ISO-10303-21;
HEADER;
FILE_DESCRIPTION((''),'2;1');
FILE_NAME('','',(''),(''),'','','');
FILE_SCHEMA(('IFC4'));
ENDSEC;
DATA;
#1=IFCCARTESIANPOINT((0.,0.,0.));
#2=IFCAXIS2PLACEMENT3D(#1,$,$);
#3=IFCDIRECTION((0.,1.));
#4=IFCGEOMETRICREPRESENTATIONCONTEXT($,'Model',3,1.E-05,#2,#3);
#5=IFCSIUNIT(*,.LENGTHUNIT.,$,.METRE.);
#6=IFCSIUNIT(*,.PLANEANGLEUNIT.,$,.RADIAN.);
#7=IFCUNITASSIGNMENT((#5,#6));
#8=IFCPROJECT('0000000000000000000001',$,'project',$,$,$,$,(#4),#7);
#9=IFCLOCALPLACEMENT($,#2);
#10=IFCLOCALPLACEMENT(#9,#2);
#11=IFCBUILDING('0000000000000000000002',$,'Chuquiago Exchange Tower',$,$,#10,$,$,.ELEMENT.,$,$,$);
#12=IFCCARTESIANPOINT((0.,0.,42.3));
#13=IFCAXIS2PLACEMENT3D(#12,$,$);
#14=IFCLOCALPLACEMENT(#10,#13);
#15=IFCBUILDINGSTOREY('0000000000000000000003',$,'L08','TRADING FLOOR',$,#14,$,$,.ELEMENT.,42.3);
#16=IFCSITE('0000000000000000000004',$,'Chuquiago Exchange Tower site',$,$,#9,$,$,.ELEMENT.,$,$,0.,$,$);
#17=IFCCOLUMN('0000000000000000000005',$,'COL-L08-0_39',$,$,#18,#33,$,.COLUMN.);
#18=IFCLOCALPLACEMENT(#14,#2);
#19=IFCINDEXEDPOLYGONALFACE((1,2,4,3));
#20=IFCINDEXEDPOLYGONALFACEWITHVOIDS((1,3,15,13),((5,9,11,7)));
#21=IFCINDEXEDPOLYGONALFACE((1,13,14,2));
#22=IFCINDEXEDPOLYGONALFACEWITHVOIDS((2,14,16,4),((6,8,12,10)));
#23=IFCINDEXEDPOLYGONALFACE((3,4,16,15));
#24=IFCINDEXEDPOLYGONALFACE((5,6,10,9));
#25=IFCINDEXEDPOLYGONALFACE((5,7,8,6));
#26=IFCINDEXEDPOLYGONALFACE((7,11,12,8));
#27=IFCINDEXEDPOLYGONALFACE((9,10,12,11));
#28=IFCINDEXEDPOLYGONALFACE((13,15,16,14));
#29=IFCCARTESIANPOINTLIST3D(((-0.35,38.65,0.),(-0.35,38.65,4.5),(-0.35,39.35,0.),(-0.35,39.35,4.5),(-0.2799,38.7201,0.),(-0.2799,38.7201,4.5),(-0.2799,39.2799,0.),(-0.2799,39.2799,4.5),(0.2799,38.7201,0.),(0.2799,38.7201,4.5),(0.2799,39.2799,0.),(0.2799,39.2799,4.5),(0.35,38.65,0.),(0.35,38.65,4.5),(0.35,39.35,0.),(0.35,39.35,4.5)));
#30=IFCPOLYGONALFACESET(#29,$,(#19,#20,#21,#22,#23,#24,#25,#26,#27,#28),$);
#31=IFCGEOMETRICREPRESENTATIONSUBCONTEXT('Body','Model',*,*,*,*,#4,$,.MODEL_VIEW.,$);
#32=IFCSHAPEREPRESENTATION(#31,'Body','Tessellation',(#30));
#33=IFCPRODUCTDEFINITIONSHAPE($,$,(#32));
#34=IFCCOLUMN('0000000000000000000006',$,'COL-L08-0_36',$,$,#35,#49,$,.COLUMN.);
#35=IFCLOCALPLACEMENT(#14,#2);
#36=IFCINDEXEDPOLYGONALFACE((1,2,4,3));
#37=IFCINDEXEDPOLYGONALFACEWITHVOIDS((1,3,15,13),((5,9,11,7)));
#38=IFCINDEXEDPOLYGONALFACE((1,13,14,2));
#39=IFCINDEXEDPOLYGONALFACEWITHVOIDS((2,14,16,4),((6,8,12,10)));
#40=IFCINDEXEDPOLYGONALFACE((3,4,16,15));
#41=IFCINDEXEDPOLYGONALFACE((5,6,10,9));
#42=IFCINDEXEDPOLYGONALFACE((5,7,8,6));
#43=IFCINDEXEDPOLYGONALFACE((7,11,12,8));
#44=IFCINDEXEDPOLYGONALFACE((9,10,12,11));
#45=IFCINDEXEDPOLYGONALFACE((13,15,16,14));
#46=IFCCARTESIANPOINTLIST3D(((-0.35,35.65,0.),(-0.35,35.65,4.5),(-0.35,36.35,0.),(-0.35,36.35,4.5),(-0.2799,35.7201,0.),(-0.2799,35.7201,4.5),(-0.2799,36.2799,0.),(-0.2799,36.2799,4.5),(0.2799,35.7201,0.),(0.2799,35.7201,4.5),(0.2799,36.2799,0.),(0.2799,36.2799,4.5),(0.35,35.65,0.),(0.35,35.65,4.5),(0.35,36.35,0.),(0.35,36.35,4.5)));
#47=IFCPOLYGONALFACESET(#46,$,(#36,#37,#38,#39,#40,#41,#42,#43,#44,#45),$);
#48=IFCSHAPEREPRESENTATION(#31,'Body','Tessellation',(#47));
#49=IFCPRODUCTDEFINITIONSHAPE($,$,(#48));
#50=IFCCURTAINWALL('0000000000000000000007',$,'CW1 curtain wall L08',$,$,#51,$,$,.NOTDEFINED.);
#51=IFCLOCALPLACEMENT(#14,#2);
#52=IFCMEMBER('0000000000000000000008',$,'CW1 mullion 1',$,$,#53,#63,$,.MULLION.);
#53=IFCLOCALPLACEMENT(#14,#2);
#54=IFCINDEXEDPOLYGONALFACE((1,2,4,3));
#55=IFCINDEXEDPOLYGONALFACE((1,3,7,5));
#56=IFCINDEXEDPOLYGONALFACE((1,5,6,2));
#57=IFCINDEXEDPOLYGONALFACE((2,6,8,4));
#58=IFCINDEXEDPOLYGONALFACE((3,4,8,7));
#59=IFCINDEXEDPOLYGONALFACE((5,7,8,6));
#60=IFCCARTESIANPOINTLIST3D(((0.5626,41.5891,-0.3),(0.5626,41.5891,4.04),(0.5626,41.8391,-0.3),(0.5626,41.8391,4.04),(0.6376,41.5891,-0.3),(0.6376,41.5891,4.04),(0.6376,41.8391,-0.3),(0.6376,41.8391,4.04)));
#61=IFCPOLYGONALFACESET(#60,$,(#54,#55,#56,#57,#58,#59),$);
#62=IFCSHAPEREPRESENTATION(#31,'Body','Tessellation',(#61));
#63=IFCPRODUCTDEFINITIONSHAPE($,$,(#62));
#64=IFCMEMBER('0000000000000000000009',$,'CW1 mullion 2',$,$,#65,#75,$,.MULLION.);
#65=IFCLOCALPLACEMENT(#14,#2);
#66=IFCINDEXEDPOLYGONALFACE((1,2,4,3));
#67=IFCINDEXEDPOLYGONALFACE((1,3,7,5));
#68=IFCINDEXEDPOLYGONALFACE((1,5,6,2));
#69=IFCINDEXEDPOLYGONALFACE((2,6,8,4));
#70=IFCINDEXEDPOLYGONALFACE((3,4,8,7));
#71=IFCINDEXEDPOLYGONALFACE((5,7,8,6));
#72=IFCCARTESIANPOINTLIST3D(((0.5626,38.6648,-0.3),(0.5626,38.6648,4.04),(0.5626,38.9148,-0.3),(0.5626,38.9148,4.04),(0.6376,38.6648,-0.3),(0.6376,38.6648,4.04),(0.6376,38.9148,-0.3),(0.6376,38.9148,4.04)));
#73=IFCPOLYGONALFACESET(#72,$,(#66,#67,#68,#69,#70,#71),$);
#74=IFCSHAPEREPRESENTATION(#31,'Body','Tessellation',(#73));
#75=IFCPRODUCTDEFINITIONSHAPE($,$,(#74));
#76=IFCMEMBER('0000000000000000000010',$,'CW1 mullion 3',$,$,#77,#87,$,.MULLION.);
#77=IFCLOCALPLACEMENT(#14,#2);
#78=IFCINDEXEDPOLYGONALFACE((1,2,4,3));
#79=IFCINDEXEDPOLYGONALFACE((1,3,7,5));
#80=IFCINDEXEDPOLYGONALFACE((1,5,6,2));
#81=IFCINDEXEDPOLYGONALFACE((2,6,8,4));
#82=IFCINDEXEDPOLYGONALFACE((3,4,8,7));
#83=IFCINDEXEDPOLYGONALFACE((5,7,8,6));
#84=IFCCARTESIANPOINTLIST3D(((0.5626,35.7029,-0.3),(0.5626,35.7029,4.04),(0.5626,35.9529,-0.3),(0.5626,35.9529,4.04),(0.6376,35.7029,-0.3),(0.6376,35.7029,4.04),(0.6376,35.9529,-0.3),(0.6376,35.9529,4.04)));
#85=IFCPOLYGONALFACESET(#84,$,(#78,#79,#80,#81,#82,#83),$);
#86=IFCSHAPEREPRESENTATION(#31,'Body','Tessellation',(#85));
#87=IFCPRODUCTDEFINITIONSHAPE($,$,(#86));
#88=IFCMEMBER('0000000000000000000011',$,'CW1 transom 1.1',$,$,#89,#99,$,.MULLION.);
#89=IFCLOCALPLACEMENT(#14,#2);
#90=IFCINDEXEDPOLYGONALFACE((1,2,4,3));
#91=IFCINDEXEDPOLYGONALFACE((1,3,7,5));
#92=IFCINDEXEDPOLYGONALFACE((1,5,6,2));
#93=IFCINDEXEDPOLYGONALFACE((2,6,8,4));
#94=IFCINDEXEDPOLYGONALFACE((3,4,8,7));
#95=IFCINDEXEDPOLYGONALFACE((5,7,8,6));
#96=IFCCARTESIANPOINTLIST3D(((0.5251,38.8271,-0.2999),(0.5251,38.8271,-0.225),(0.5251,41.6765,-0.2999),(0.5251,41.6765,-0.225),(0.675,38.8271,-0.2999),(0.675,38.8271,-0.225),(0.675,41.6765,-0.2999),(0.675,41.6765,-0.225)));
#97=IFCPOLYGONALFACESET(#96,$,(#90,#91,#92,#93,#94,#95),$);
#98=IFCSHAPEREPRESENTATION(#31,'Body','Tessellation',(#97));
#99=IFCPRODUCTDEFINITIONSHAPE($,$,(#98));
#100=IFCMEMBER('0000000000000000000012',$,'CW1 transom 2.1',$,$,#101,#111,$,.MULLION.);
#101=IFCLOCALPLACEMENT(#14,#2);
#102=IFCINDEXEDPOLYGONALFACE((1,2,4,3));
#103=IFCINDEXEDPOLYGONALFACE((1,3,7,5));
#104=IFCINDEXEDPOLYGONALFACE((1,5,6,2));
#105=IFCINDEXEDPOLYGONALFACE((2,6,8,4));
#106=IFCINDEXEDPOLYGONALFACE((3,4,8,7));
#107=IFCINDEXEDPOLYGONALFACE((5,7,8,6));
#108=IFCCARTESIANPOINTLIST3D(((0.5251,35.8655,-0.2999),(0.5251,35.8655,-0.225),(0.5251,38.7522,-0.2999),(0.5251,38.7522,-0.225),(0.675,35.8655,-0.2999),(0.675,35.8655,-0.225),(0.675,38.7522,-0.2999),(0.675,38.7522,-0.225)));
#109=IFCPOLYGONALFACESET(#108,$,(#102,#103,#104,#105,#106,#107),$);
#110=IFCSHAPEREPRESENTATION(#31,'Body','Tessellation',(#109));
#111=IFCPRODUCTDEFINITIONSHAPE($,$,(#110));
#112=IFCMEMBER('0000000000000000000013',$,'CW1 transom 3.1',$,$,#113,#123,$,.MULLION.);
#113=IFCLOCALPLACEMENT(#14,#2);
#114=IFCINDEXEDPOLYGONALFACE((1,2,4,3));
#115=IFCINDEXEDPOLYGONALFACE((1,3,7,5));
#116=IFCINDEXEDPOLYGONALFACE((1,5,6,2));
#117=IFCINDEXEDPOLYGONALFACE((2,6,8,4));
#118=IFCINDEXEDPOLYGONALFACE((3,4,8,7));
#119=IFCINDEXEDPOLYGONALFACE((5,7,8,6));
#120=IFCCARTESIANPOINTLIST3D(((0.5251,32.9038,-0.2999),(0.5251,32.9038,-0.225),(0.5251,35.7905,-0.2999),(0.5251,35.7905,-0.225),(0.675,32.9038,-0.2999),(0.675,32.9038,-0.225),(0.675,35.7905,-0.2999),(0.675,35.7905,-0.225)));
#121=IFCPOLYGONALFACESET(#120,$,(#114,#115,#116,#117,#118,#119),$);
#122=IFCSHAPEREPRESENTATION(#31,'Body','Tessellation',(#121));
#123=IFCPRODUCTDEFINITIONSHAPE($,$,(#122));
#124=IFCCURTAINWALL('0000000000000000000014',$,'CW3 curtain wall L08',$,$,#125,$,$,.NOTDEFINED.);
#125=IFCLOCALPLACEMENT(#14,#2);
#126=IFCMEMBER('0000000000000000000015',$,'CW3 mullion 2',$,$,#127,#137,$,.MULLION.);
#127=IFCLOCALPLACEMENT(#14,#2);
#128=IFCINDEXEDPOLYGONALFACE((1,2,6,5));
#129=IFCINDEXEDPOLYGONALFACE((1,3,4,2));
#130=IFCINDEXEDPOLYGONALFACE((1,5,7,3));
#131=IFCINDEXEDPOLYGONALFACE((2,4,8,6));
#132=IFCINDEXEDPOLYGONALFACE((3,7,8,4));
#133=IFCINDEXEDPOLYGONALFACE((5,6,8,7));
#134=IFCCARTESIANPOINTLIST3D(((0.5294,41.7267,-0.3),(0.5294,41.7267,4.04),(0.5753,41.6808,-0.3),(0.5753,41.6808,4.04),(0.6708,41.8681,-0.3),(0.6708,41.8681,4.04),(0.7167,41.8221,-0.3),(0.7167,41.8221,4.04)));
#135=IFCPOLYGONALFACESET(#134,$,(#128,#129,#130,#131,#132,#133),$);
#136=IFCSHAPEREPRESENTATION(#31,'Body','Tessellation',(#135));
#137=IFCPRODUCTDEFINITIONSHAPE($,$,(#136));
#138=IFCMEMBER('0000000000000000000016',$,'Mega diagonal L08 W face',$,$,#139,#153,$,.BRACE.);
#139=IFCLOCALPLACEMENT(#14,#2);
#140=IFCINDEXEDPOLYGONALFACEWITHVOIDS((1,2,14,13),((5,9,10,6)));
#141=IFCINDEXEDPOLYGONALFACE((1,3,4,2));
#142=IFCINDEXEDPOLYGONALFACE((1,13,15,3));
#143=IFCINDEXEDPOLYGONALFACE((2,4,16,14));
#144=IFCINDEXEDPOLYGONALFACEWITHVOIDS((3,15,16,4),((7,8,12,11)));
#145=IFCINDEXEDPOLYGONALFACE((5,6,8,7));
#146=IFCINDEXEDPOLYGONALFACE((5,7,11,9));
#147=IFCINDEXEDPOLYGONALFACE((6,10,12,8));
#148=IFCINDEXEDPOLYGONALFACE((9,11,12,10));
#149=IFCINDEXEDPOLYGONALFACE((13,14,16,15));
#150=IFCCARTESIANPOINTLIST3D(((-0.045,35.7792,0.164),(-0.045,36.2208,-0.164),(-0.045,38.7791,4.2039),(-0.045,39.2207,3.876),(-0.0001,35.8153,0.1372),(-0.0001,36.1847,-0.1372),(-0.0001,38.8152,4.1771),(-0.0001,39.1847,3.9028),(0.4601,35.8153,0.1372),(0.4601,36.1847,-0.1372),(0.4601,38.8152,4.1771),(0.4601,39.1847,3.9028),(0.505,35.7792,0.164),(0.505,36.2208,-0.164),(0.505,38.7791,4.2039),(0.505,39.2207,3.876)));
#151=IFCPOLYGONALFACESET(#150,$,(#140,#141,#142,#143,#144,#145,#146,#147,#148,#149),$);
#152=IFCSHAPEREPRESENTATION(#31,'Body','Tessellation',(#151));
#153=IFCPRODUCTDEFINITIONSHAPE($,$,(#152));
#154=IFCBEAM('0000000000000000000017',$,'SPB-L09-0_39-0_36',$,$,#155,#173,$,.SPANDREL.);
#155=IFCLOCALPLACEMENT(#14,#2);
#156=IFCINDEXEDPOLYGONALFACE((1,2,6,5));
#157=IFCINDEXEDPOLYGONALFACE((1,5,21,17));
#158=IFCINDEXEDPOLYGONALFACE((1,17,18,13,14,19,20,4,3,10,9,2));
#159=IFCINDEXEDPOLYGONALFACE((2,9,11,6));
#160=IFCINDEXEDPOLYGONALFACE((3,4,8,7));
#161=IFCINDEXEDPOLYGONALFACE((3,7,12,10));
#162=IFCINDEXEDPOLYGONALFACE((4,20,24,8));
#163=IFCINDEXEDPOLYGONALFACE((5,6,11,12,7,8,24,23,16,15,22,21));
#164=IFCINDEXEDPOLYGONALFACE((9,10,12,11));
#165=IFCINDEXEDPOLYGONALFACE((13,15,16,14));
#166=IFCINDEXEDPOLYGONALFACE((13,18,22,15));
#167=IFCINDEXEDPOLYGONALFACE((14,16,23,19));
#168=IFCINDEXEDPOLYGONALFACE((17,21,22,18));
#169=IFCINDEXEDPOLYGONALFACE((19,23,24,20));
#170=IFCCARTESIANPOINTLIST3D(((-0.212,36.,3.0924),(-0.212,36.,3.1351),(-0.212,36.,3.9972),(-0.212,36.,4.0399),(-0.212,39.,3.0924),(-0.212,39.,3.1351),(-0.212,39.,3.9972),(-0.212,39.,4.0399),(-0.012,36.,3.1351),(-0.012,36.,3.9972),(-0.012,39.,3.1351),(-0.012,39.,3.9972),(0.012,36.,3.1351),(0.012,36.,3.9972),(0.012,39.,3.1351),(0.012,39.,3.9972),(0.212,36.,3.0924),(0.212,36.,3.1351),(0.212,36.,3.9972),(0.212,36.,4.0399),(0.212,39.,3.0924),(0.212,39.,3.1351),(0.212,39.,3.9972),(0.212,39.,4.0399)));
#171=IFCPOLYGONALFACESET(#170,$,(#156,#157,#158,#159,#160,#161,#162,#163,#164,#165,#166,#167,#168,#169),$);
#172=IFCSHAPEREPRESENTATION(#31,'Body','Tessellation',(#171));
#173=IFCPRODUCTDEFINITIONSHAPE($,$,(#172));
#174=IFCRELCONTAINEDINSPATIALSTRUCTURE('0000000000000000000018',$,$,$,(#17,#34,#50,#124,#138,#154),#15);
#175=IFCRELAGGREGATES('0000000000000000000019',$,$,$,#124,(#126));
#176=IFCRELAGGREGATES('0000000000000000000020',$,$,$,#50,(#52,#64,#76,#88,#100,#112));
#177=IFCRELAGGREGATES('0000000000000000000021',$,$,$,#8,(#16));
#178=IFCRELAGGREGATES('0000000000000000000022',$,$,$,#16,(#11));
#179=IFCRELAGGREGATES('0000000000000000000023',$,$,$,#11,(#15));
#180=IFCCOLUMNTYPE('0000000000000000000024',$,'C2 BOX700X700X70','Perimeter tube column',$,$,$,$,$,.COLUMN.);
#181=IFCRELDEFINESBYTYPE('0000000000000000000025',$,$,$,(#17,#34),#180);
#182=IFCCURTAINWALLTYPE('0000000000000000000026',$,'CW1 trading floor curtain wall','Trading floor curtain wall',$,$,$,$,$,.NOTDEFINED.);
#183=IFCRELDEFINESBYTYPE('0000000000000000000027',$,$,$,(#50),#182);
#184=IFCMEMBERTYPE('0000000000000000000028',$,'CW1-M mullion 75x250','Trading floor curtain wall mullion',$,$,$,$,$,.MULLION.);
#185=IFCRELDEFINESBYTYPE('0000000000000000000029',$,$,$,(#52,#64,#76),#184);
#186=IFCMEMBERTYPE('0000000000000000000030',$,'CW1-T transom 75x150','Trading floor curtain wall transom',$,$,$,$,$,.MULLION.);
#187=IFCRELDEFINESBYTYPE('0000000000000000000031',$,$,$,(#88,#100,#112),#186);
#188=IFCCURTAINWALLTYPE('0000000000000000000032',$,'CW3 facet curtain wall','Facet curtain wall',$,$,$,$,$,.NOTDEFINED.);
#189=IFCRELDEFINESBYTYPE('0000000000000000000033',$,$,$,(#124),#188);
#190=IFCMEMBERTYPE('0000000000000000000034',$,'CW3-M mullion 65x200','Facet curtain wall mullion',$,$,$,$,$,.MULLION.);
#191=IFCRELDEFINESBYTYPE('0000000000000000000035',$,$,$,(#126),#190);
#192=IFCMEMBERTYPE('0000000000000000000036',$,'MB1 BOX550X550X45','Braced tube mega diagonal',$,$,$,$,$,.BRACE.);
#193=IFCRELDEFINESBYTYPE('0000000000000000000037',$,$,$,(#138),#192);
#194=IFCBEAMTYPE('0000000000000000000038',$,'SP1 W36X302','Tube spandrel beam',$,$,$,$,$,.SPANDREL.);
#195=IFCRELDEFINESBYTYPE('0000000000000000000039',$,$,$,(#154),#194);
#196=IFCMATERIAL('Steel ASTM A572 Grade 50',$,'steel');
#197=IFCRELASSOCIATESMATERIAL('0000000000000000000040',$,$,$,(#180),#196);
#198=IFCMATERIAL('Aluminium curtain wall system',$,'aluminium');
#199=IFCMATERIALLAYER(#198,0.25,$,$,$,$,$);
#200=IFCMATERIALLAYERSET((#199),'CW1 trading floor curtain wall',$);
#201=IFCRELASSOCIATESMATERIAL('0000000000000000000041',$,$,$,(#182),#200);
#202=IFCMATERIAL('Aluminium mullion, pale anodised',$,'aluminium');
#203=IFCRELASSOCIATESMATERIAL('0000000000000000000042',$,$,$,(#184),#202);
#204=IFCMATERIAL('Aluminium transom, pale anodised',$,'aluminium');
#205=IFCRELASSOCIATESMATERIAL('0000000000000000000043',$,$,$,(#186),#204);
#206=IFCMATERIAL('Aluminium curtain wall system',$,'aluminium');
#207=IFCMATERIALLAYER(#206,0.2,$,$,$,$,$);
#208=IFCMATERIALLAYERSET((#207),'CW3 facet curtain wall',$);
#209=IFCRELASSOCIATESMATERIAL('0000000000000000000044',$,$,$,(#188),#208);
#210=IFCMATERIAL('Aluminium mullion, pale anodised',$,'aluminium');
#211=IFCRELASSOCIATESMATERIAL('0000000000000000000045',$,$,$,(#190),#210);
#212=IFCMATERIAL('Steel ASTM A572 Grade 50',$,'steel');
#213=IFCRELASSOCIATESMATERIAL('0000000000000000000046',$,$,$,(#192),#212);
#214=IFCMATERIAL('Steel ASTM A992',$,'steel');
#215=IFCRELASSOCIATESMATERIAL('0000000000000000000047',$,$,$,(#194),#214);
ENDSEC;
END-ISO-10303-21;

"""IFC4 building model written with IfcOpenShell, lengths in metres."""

from ifc_helpers import new_model, si_unit, direction, frame, origin, origin_2d, place, context, subcontext, project, spatial, rectangle, hollow_rectangle, i_section, extrude, material, layer, layer_set, material_profile, profile_set, type_object, element, aggregate, save


model = new_model("IFC4")

# Units and contexts
model_context = context("Model", 3, precision=1e-05, world=origin(), true_north=direction((0.0, 1.0)))
body_context = subcontext(model_context, "Body", "Model", "MODEL_VIEW")
ifc_project = project(units=[si_unit("LENGTHUNIT", "METRE"), si_unit("PLANEANGLEUNIT", "RADIAN")], contexts=[model_context])

# Site, building, storey
site_placement = place(None, origin())
site = spatial("IfcSite", under=ifc_project, at=site_placement, Name="Chuquiago Exchange Tower site", CompositionType="ELEMENT", RefElevation=0.0)
building_placement = place(site_placement, origin())
building = spatial("IfcBuilding", under=site, at=building_placement, Name="Chuquiago Exchange Tower", CompositionType="ELEMENT")
storey_placement = place(building_placement, frame((0.0, 0.0, 42.3)))
storey = spatial("IfcBuildingStorey", under=building, at=storey_placement, Name="L08", Description="TRADING FLOOR", CompositionType="ELEMENT", Elevation=42.3)

# Columns
ifc_material_1 = material(Name="Steel ASTM A572 Grade 50", Category="steel")
ifc_material_profile_1 = material_profile(ifc_material_1, hollow_rectangle(XDim=0.7, YDim=0.7, WallThickness=0.0701, at=origin_2d()), Name="BOX700X700X70")
ifc_profile_set_1 = profile_set([ifc_material_profile_1], Name="Steel ASTM A572 Grade 50")
column_type = type_object("IfcColumnType", Name="C2 BOX700X700X70", Description="Perimeter tube column", PredefinedType="COLUMN", material=ifc_profile_set_1)
for number, where, z_axis, x_axis, name in (
    (1, (0.0, 39.0, 0.0), (0.0, 0.0, 1.0), (-1.0, 0.0, 0.0), "COL-L08-0_39"),
    (2, (0.0, 36.0, 0.0), (0.0, 0.0, 1.0), (-1.0, 0.0, 0.0), "COL-L08-0_36"),
):
    element("IfcColumn", number, at=place(storey_placement, frame(where, z_axis=z_axis, x_axis=x_axis)), inside=storey, type_object=column_type, Name=name, PredefinedType="COLUMN", context=body_context, shape_type="SweptSolid", body=[
        extrude(hollow_rectangle(XDim=0.7, YDim=0.7, WallThickness=0.0701, at=origin_2d()), origin(), (0.0, 0.0, 1.0), 4.5),
    ])

# Curtain wall, members
ifc_material_2 = material(Name="Aluminium curtain wall system", Category="aluminium")
ifc_layer_1 = layer(ifc_material_2, 0.25)
ifc_layer_set_1 = layer_set([ifc_layer_1], Name="CW1 trading floor curtain wall")
curtain_wall_type_1 = type_object("IfcCurtainWallType", Name="CW1 trading floor curtain wall", Description="Trading floor curtain wall", PredefinedType="NOTDEFINED", material=ifc_layer_set_1)
curtain_wall_1_placement = place(storey_placement, origin())
curtain_wall_1 = element("IfcCurtainWall", 3, at=curtain_wall_1_placement, inside=storey, type_object=curtain_wall_type_1, Name="CW1 curtain wall L08", PredefinedType="NOTDEFINED")
ifc_material_3 = material(Name="Aluminium mullion, pale anodised", Category="aluminium")
ifc_material_profile_2 = material_profile(ifc_material_3, rectangle(XDim=0.075, YDim=0.25, at=origin_2d()), Name="AL 75x250")
ifc_profile_set_2 = profile_set([ifc_material_profile_2], Name="Aluminium mullion, pale anodised")
member_type_1 = type_object("IfcMemberType", Name="CW1-M mullion 75x250", Description="Trading floor curtain wall mullion", PredefinedType="MULLION", material=ifc_profile_set_2)
member_1_placement = place(storey_placement, frame((0.6001, 41.7141, -0.3), z_axis=(0.0, 0.0, 1.0), x_axis=(1.0, 0.0, 0.0)))
member_1 = element("IfcMember", 4, at=member_1_placement, type_object=member_type_1, Name="CW1 mullion 1", PredefinedType="MULLION", context=body_context, shape_type="SweptSolid", body=[
    extrude(rectangle(XDim=0.075, YDim=0.25, at=origin_2d()), origin(), (0.0, 0.0, 1.0), 4.3401),
])
member_2_placement = place(storey_placement, frame((0.6001, 38.7898, -0.3), z_axis=(0.0, 0.0, 1.0), x_axis=(1.0, 0.0, 0.0)))
member_2 = element("IfcMember", 5, at=member_2_placement, type_object=member_type_1, Name="CW1 mullion 2", PredefinedType="MULLION", context=body_context, shape_type="SweptSolid", body=[
    extrude(rectangle(XDim=0.075, YDim=0.25, at=origin_2d()), origin(), (0.0, 0.0, 1.0), 4.3401),
])
member_3_placement = place(storey_placement, frame((0.6001, 35.8279, -0.3), z_axis=(0.0, 0.0, 1.0), x_axis=(1.0, 0.0, 0.0)))
member_3 = element("IfcMember", 6, at=member_3_placement, type_object=member_type_1, Name="CW1 mullion 3", PredefinedType="MULLION", context=body_context, shape_type="SweptSolid", body=[
    extrude(rectangle(XDim=0.075, YDim=0.25, at=origin_2d()), origin(), (0.0, 0.0, 1.0), 4.3401),
])
ifc_material_4 = material(Name="Aluminium transom, pale anodised", Category="aluminium")
ifc_material_profile_3 = material_profile(ifc_material_4, rectangle(XDim=0.1499, YDim=0.075, at=origin_2d()), Name="AL 150x75")
ifc_profile_set_3 = profile_set([ifc_material_profile_3], Name="Aluminium transom, pale anodised")
member_type_2 = type_object("IfcMemberType", Name="CW1-T transom 75x150", Description="Trading floor curtain wall transom", PredefinedType="MULLION", material=ifc_profile_set_3)
member_4_placement = place(storey_placement, frame((0.6001, 41.6765, -0.2625), z_axis=(0.0, -1.0, 0.0), x_axis=(1.0, 0.0, 0.0)))
member_4 = element("IfcMember", 7, at=member_4_placement, type_object=member_type_2, Name="CW1 transom 1.1", PredefinedType="MULLION", context=body_context, shape_type="SweptSolid", body=[
    extrude(rectangle(XDim=0.1499, YDim=0.075, at=origin_2d()), origin(), (0.0, 0.0, 1.0), 2.8494),
])
member_5_placement = place(storey_placement, frame((0.6001, 38.7522, -0.2625), z_axis=(0.0, -1.0, 0.0), x_axis=(1.0, 0.0, 0.0)))
member_5 = element("IfcMember", 8, at=member_5_placement, type_object=member_type_2, Name="CW1 transom 2.1", PredefinedType="MULLION", context=body_context, shape_type="SweptSolid", body=[
    extrude(rectangle(XDim=0.1499, YDim=0.075, at=origin_2d()), origin(), (0.0, 0.0, 1.0), 2.8867),
])
member_6_placement = place(storey_placement, frame((0.6001, 35.7905, -0.2625), z_axis=(0.0, -1.0, 0.0), x_axis=(1.0, 0.0, 0.0)))
member_6 = element("IfcMember", 9, at=member_6_placement, type_object=member_type_2, Name="CW1 transom 3.1", PredefinedType="MULLION", context=body_context, shape_type="SweptSolid", body=[
    extrude(rectangle(XDim=0.1499, YDim=0.075, at=origin_2d()), origin(), (0.0, 0.0, 1.0), 2.8867),
])

# Curtain wall, member
ifc_material_5 = material(Name="Aluminium curtain wall system", Category="aluminium")
ifc_layer_2 = layer(ifc_material_5, 0.2)
ifc_layer_set_2 = layer_set([ifc_layer_2], Name="CW3 facet curtain wall")
curtain_wall_type_2 = type_object("IfcCurtainWallType", Name="CW3 facet curtain wall", Description="Facet curtain wall", PredefinedType="NOTDEFINED", material=ifc_layer_set_2)
curtain_wall_2_placement = place(storey_placement, origin())
curtain_wall_2 = element("IfcCurtainWall", 10, at=curtain_wall_2_placement, inside=storey, type_object=curtain_wall_type_2, Name="CW3 curtain wall L08", PredefinedType="NOTDEFINED")
ifc_material_6 = material(Name="Aluminium mullion, pale anodised", Category="aluminium")
ifc_material_profile_4 = material_profile(ifc_material_6, rectangle(XDim=0.0649, YDim=0.2, at=origin_2d()), Name="AL 65x200")
ifc_profile_set_4 = profile_set([ifc_material_profile_4], Name="Aluminium mullion, pale anodised")
member_type_3 = type_object("IfcMemberType", Name="CW3-M mullion 65x200", Description="Facet curtain wall mullion", PredefinedType="MULLION", material=ifc_profile_set_4)
member_7_placement = place(storey_placement, frame((0.623, 41.7744, -0.3), z_axis=(0.0, 0.0, 1.0), x_axis=(0.707107, -0.707107, 0.0)))
member_7 = element("IfcMember", 11, at=member_7_placement, type_object=member_type_3, Name="CW3 mullion 2", PredefinedType="MULLION", context=body_context, shape_type="SweptSolid", body=[
    extrude(rectangle(XDim=0.0649, YDim=0.2, at=origin_2d()), origin(), (0.0, 0.0, 1.0), 4.3401),
])
aggregate(curtain_wall_2, [member_7])

# Member
ifc_material_7 = material(Name="Steel ASTM A572 Grade 50", Category="steel")
ifc_material_profile_5 = material_profile(ifc_material_7, hollow_rectangle(XDim=0.55, YDim=0.55, WallThickness=0.0449, at=origin_2d()), Name="BOX550X550X45")
ifc_profile_set_5 = profile_set([ifc_material_profile_5], Name="Steel ASTM A572 Grade 50")
member_type_4 = type_object("IfcMemberType", Name="MB1 BOX550X550X45", Description="Braced tube mega diagonal", PredefinedType="BRACE", material=ifc_profile_set_5)
member_8_placement = place(storey_placement, frame((0.23, 36.0, 0.0), z_axis=(0.0, 0.596174, 0.802855), x_axis=(-1.0, 0.0, 0.0)))
element("IfcMember", 12, at=member_8_placement, inside=storey, type_object=member_type_4, Name="Mega diagonal L08 W face", PredefinedType="BRACE", context=body_context, shape_type="SweptSolid", body=[
    extrude(hollow_rectangle(XDim=0.55, YDim=0.55, WallThickness=0.0449, at=origin_2d()), origin(), (0.0, 0.0, 1.0), 5.032),
])

# Beam
ifc_material_8 = material(Name="Steel ASTM A992", Category="steel")
ifc_material_profile_6 = material_profile(ifc_material_8, i_section(OverallWidth=0.4241, OverallDepth=0.9475, WebThickness=0.0239, FlangeThickness=0.0427, at=origin_2d()), Name="W36X302")
ifc_profile_set_6 = profile_set([ifc_material_profile_6], Name="Steel ASTM A992")
beam_type = type_object("IfcBeamType", Name="SP1 W36X302", Description="Tube spandrel beam", PredefinedType="SPANDREL", material=ifc_profile_set_6)
for number, where, z_axis, x_axis, name in (
    (13, (0.0, 39.0, 3.5662), (0.0, -1.0, 0.0), (1.0, 0.0, 0.0), "SPB-L09-0_39-0_36"),
):
    element("IfcBeam", number, at=place(storey_placement, frame(where, z_axis=z_axis, x_axis=x_axis)), inside=storey, type_object=beam_type, Name=name, PredefinedType="SPANDREL", context=body_context, shape_type="SweptSolid", body=[
        extrude(i_section(OverallWidth=0.4241, OverallDepth=0.9475, WebThickness=0.0239, FlangeThickness=0.0427, at=origin_2d()), origin(), (0.0, 0.0, 1.0), 3.0),
    ])

aggregate(curtain_wall_1, [member_1, member_2, member_3, member_4, member_5, member_6])

save(model, "model.ifc")
